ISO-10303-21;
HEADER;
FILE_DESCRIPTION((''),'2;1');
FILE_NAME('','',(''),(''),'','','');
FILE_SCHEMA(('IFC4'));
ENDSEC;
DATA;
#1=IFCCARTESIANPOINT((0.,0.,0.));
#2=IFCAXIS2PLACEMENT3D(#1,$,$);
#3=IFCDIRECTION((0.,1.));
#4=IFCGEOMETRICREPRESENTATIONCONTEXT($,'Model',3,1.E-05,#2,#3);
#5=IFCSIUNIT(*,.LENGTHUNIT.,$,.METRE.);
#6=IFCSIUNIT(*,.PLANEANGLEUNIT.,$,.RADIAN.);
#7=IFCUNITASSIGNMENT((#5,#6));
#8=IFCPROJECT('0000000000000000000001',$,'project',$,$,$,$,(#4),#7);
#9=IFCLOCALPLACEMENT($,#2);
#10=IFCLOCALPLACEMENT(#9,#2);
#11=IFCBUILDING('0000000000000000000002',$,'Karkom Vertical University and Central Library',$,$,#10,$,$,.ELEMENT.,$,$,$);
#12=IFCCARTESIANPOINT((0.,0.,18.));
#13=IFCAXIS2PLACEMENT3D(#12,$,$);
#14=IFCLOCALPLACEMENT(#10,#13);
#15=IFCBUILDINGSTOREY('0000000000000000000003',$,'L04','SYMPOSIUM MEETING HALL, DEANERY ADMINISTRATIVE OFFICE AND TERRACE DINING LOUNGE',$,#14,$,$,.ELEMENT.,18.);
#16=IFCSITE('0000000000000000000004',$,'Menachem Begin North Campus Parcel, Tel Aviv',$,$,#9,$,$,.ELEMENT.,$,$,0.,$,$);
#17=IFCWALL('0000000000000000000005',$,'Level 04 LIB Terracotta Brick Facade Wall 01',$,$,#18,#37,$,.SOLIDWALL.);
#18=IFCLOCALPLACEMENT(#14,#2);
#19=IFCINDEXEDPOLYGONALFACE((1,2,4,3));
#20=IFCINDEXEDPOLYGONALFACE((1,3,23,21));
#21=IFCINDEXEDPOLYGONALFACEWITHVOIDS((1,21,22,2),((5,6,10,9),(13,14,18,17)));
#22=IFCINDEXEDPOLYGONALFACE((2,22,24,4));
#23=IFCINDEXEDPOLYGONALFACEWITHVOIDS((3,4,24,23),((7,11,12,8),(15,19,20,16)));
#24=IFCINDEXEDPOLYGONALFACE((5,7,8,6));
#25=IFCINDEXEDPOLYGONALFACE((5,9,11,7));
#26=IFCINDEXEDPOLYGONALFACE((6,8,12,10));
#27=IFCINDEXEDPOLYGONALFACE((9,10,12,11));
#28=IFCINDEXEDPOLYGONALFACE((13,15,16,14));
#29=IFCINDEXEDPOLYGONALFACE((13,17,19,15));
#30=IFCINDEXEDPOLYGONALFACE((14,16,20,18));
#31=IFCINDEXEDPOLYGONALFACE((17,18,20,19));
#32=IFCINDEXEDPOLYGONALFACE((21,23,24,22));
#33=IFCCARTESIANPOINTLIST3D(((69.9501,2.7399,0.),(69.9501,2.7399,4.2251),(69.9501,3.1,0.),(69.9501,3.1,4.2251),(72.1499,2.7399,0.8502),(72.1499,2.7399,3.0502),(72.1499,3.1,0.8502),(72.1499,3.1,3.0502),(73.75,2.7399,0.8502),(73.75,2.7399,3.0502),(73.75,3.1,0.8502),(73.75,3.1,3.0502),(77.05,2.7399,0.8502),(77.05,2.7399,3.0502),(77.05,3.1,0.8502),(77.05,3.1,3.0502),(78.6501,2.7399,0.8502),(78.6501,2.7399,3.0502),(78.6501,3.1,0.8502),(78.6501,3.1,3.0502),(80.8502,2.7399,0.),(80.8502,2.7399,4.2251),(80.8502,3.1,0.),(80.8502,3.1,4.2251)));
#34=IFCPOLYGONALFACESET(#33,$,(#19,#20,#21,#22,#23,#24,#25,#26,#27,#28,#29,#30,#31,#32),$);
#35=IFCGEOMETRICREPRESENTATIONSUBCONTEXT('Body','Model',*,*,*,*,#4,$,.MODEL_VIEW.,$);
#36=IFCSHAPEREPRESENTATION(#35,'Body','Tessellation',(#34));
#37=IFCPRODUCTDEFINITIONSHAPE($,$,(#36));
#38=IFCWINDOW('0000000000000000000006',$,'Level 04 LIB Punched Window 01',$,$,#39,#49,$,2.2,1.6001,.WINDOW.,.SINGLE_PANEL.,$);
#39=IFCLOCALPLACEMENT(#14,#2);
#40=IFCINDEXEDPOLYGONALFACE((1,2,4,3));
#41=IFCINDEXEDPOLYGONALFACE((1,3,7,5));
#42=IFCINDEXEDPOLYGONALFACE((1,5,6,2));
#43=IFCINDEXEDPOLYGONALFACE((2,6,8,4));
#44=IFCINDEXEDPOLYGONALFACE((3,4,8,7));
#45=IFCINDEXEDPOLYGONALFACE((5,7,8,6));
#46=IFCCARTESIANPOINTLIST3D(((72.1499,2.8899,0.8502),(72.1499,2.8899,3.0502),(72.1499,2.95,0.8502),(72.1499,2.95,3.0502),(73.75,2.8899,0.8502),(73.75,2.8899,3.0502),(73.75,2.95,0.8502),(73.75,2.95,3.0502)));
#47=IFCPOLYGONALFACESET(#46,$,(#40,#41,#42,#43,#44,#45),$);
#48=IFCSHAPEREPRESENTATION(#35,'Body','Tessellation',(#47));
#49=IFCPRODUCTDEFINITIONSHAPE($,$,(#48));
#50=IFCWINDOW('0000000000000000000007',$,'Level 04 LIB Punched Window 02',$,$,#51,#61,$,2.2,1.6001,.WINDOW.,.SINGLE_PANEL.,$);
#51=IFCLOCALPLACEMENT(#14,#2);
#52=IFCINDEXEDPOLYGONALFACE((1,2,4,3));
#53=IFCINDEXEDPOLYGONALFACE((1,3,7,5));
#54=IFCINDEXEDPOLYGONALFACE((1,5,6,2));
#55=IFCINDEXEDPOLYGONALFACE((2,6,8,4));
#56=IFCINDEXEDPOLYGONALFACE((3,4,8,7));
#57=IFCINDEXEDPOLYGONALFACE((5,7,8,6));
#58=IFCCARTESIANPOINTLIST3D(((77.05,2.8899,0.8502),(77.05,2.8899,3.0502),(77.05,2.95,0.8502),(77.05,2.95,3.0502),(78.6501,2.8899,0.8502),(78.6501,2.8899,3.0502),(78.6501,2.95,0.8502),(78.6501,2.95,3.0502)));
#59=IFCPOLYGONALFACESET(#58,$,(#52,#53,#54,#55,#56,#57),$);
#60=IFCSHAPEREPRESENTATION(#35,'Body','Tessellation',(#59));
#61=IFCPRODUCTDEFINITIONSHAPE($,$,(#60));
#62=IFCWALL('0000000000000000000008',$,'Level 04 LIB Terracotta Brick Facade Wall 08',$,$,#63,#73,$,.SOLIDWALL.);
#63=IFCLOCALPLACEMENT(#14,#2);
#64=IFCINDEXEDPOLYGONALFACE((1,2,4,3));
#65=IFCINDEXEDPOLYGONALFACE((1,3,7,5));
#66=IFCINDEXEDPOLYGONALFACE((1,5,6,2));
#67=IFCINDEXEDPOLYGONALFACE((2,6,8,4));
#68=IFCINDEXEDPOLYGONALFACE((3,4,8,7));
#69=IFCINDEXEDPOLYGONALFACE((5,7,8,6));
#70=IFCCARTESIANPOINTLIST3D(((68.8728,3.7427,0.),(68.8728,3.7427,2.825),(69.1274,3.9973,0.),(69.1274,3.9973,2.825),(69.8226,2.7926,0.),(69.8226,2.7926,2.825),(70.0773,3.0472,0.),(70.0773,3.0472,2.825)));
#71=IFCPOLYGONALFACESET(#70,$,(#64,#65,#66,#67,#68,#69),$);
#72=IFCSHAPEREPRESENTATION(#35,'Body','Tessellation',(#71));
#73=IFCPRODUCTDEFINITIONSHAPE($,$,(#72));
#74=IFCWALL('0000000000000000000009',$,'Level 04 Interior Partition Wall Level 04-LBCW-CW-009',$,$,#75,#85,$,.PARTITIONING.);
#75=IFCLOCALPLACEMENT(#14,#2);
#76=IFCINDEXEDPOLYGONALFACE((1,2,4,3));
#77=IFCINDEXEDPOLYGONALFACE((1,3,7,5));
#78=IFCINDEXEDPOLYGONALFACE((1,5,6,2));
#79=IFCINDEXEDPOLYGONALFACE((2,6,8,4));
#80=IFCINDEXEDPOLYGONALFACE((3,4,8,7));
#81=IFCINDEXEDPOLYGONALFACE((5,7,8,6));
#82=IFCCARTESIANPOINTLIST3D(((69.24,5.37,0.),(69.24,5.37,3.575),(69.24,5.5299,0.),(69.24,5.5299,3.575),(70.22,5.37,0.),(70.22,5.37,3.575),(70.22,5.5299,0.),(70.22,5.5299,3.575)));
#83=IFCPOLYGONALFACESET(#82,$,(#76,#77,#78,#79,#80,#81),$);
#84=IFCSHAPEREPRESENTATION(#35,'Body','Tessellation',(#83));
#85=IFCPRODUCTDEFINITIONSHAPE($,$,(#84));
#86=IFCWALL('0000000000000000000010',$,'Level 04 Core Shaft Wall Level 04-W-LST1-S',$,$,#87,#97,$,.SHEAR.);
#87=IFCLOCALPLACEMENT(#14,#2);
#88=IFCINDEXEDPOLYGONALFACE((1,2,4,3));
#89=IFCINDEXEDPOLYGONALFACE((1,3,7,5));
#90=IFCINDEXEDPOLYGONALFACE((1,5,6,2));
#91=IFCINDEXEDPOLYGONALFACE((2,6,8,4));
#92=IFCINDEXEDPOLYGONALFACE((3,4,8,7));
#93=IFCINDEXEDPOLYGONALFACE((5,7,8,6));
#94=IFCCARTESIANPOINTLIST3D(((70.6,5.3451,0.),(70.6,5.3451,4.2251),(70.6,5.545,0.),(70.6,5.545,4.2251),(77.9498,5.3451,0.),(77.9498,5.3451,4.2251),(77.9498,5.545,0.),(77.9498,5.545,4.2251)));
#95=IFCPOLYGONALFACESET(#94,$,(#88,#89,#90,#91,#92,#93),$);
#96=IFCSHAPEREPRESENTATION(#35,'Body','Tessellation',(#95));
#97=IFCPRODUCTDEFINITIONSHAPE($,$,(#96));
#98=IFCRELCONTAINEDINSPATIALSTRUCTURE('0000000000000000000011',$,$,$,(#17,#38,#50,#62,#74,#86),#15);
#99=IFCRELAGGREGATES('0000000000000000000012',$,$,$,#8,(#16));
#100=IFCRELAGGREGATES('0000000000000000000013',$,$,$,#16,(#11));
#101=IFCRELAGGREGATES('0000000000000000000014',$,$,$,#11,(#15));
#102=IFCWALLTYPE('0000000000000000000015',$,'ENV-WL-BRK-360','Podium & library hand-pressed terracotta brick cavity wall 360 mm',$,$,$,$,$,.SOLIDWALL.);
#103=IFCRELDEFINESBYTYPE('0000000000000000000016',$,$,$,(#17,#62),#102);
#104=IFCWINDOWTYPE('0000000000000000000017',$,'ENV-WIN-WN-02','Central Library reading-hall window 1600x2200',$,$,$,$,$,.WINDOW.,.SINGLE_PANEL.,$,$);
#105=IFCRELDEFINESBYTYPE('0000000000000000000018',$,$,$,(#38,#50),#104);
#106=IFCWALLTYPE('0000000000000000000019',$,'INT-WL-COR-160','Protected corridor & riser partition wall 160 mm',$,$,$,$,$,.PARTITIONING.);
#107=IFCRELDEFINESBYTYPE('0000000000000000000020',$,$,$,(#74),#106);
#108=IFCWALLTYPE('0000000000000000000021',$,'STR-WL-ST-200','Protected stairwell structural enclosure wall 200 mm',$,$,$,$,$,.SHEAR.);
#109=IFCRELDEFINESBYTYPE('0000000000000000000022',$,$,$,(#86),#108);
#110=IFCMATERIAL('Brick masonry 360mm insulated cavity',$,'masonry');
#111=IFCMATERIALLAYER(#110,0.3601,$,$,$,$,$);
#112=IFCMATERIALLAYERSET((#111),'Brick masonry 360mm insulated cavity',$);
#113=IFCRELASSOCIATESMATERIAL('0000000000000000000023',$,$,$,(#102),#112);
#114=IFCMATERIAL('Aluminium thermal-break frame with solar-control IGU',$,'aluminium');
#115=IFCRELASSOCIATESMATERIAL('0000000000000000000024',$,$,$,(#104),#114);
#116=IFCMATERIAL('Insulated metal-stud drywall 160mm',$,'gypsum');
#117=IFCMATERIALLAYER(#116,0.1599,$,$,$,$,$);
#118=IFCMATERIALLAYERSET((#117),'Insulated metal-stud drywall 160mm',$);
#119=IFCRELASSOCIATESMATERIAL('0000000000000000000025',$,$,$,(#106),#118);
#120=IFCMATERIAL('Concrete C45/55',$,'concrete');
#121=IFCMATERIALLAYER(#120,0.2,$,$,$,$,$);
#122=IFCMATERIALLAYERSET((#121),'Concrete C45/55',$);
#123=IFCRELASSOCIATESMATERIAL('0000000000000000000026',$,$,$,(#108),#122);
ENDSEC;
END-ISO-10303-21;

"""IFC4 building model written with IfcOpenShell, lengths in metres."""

from ifc_helpers import new_model, si_unit, direction, frame, frame_2d, origin, origin_with_axes, place, context, subcontext, project, spatial, rectangle, extrude, source, transform, mapped, material, layer, layer_set, type_object, element, fill, save


model = new_model("IFC4")

# Units and contexts
model_context = context("Model", 3, precision=1e-05, world=origin(), true_north=direction((0.0, 1.0)))
body_context = subcontext(model_context, "Body", "Model", "MODEL_VIEW")
ifc_project = project(units=[si_unit("LENGTHUNIT", "METRE"), si_unit("PLANEANGLEUNIT", "RADIAN")], contexts=[model_context])

# Site, building, storey
site_placement = place(None, origin())
site = spatial("IfcSite", under=ifc_project, at=site_placement, Name="Menachem Begin North Campus Parcel, Tel Aviv", CompositionType="ELEMENT", RefElevation=0.0)
building_placement = place(site_placement, origin())
building = spatial("IfcBuilding", under=site, at=building_placement, Name="Karkom Vertical University and Central Library", CompositionType="ELEMENT")
storey_placement = place(building_placement, frame((0.0, 0.0, 18.0)))
storey = spatial("IfcBuildingStorey", under=building, at=storey_placement, Name="L04", Description="SYMPOSIUM MEETING HALL, DEANERY ADMINISTRATIVE OFFICE AND TERRACE DINING LOUNGE", CompositionType="ELEMENT", Elevation=18.0)

# Wall, openings, windows
ifc_material_1 = material(Name="Brick masonry 360mm insulated cavity", Category="masonry")
ifc_layer_1 = layer(ifc_material_1, 0.3601)
ifc_layer_set_1 = layer_set([ifc_layer_1], Name="Brick masonry 360mm insulated cavity")
wall_type_1 = type_object("IfcWallType", Name="ENV-WL-BRK-360", Description="Podium & library hand-pressed terracotta brick cavity wall 360 mm", PredefinedType="SOLIDWALL", material=ifc_layer_set_1)
wall_1_placement = place(storey_placement, frame((69.95, 2.9199, 0.0), z_axis=(0.0, 0.0, 1.0), x_axis=(1.0, 0.0, 0.0)))
wall_1 = element("IfcWall", 1, at=wall_1_placement, inside=storey, type_object=wall_type_1, Name="Level 04 LIB Terracotta Brick Facade Wall 01", PredefinedType="SOLIDWALL", context=body_context, shape_type="SweptSolid", body=[
    extrude(rectangle(XDim=10.9001, YDim=0.3601, at=frame_2d((5.4502, 0.0))), origin(), (0.0, 0.0, 1.0), 4.2251),
])
opening_1_placement = place(wall_1_placement, frame((2.2, 0.0, 0.8501)))
opening_1 = element("IfcOpeningElement", 2, at=opening_1_placement, cuts=wall_1, PredefinedType="OPENING", context=body_context, shape_type="SweptSolid", body=[
    extrude(rectangle(XDim=1.6001, YDim=2.2, at=frame_2d((0.8, 1.1001))), frame((0.0, 0.1899, 0.0), z_axis=(0.0, -1.0, 0.0), x_axis=(1.0, 0.0, 0.0)), (0.0, 0.0, 1.0), 0.3801),
])
opening_2_placement = place(wall_1_placement, frame((7.1001, 0.0, 0.8501)))
opening_2 = element("IfcOpeningElement", 3, at=opening_2_placement, cuts=wall_1, PredefinedType="OPENING", context=body_context, shape_type="SweptSolid", body=[
    extrude(rectangle(XDim=1.6001, YDim=2.2, at=frame_2d((0.8, 1.1001))), frame((0.0, 0.1899, 0.0), z_axis=(0.0, -1.0, 0.0), x_axis=(1.0, 0.0, 0.0)), (0.0, 0.0, 1.0), 0.3801),
])
ifc_material_2 = material(Name="Aluminium thermal-break frame with solar-control IGU", Category="aluminium")
window_type = type_object("IfcWindowType", Name="ENV-WIN-WN-02", Description="Central Library reading-hall window 1600x2200", PartitioningType="SINGLE_PANEL", PredefinedType="WINDOW", material=ifc_material_2)
shared_shape_1 = source(origin_with_axes(), body_context, "Body", "SweptSolid", [
    extrude(rectangle(XDim=1.6001, YDim=2.2, at=frame_2d((0.8, 1.1001))), frame((0.0, 0.03, 0.0), z_axis=(0.0, -1.0, 0.0), x_axis=(1.0, 0.0, 0.0)), (0.0, 0.0, 1.0), 0.0601),
])
window_1_placement = place(opening_1_placement, origin())
window_1 = element("IfcWindow", 4, at=window_1_placement, inside=storey, type_object=window_type, Name="Level 04 LIB Punched Window 01", OverallHeight=2.2, OverallWidth=1.6001, PartitioningType="SINGLE_PANEL", PredefinedType="WINDOW", context=body_context, shape_type="MappedRepresentation", body=[
    mapped(shared_shape_1, transform((0.0, 0.0, 0.0), scale=1.0)),
])
fill(opening_1, window_1)
window_2_placement = place(opening_2_placement, origin())
window_2 = element("IfcWindow", 5, at=window_2_placement, inside=storey, type_object=window_type, Name="Level 04 LIB Punched Window 02", OverallHeight=2.2, OverallWidth=1.6001, PartitioningType="SINGLE_PANEL", PredefinedType="WINDOW", context=body_context, shape_type="MappedRepresentation", body=[
    mapped(shared_shape_1, transform((0.0, 0.0, 0.0), scale=1.0)),
])
fill(opening_2, window_2)

# Walls
wall_2_placement = place(storey_placement, frame((69.0, 3.8701, 0.0), z_axis=(0.0, 0.0, 1.0), x_axis=(0.707016, -0.707198, 0.0)))
element("IfcWall", 6, at=wall_2_placement, inside=storey, type_object=wall_type_1, Name="Level 04 LIB Terracotta Brick Facade Wall 08", PredefinedType="SOLIDWALL", context=body_context, shape_type="SweptSolid", body=[
    extrude(rectangle(XDim=1.3435, YDim=0.3601, at=frame_2d((0.6719, 0.0))), origin(), (0.0, 0.0, 1.0), 2.825),
])
ifc_material_3 = material(Name="Insulated metal-stud drywall 160mm", Category="gypsum")
ifc_layer_2 = layer(ifc_material_3, 0.1599)
ifc_layer_set_2 = layer_set([ifc_layer_2], Name="Insulated metal-stud drywall 160mm")
wall_type_2 = type_object("IfcWallType", Name="INT-WL-COR-160", Description="Protected corridor & riser partition wall 160 mm", PredefinedType="PARTITIONING", material=ifc_layer_set_2)
wall_3_placement = place(storey_placement, frame((70.22, 5.45, 0.0), z_axis=(0.0, 0.0, 1.0), x_axis=(-1.0, 0.0, 0.0)))
element("IfcWall", 7, at=wall_3_placement, inside=storey, type_object=wall_type_2, Name="Level 04 Interior Partition Wall Level 04-LBCW-CW-009", PredefinedType="PARTITIONING", context=body_context, shape_type="SweptSolid", body=[
    extrude(rectangle(XDim=0.98, YDim=0.1599, at=frame_2d((0.49, 0.0))), origin(), (0.0, 0.0, 1.0), 3.575),
])
ifc_material_4 = material(Name="Concrete C45/55", Category="concrete")
ifc_layer_3 = layer(ifc_material_4, 0.2)
ifc_layer_set_3 = layer_set([ifc_layer_3], Name="Concrete C45/55")
wall_type_3 = type_object("IfcWallType", Name="STR-WL-ST-200", Description="Protected stairwell structural enclosure wall 200 mm", PredefinedType="SHEAR", material=ifc_layer_set_3)
wall_4_placement = place(storey_placement, frame((70.6001, 5.4451, 0.0), z_axis=(0.0, 0.0, 1.0), x_axis=(1.0, 0.0, 0.0)))
element("IfcWall", 8, at=wall_4_placement, inside=storey, type_object=wall_type_3, Name="Level 04 Core Shaft Wall Level 04-W-LST1-S", PredefinedType="SHEAR", context=body_context, shape_type="SweptSolid", body=[
    extrude(rectangle(XDim=7.3499, YDim=0.2, at=frame_2d((3.6748, 0.0))), origin(), (0.0, 0.0, 1.0), 4.2251),
])

save(model, "model.ifc")
